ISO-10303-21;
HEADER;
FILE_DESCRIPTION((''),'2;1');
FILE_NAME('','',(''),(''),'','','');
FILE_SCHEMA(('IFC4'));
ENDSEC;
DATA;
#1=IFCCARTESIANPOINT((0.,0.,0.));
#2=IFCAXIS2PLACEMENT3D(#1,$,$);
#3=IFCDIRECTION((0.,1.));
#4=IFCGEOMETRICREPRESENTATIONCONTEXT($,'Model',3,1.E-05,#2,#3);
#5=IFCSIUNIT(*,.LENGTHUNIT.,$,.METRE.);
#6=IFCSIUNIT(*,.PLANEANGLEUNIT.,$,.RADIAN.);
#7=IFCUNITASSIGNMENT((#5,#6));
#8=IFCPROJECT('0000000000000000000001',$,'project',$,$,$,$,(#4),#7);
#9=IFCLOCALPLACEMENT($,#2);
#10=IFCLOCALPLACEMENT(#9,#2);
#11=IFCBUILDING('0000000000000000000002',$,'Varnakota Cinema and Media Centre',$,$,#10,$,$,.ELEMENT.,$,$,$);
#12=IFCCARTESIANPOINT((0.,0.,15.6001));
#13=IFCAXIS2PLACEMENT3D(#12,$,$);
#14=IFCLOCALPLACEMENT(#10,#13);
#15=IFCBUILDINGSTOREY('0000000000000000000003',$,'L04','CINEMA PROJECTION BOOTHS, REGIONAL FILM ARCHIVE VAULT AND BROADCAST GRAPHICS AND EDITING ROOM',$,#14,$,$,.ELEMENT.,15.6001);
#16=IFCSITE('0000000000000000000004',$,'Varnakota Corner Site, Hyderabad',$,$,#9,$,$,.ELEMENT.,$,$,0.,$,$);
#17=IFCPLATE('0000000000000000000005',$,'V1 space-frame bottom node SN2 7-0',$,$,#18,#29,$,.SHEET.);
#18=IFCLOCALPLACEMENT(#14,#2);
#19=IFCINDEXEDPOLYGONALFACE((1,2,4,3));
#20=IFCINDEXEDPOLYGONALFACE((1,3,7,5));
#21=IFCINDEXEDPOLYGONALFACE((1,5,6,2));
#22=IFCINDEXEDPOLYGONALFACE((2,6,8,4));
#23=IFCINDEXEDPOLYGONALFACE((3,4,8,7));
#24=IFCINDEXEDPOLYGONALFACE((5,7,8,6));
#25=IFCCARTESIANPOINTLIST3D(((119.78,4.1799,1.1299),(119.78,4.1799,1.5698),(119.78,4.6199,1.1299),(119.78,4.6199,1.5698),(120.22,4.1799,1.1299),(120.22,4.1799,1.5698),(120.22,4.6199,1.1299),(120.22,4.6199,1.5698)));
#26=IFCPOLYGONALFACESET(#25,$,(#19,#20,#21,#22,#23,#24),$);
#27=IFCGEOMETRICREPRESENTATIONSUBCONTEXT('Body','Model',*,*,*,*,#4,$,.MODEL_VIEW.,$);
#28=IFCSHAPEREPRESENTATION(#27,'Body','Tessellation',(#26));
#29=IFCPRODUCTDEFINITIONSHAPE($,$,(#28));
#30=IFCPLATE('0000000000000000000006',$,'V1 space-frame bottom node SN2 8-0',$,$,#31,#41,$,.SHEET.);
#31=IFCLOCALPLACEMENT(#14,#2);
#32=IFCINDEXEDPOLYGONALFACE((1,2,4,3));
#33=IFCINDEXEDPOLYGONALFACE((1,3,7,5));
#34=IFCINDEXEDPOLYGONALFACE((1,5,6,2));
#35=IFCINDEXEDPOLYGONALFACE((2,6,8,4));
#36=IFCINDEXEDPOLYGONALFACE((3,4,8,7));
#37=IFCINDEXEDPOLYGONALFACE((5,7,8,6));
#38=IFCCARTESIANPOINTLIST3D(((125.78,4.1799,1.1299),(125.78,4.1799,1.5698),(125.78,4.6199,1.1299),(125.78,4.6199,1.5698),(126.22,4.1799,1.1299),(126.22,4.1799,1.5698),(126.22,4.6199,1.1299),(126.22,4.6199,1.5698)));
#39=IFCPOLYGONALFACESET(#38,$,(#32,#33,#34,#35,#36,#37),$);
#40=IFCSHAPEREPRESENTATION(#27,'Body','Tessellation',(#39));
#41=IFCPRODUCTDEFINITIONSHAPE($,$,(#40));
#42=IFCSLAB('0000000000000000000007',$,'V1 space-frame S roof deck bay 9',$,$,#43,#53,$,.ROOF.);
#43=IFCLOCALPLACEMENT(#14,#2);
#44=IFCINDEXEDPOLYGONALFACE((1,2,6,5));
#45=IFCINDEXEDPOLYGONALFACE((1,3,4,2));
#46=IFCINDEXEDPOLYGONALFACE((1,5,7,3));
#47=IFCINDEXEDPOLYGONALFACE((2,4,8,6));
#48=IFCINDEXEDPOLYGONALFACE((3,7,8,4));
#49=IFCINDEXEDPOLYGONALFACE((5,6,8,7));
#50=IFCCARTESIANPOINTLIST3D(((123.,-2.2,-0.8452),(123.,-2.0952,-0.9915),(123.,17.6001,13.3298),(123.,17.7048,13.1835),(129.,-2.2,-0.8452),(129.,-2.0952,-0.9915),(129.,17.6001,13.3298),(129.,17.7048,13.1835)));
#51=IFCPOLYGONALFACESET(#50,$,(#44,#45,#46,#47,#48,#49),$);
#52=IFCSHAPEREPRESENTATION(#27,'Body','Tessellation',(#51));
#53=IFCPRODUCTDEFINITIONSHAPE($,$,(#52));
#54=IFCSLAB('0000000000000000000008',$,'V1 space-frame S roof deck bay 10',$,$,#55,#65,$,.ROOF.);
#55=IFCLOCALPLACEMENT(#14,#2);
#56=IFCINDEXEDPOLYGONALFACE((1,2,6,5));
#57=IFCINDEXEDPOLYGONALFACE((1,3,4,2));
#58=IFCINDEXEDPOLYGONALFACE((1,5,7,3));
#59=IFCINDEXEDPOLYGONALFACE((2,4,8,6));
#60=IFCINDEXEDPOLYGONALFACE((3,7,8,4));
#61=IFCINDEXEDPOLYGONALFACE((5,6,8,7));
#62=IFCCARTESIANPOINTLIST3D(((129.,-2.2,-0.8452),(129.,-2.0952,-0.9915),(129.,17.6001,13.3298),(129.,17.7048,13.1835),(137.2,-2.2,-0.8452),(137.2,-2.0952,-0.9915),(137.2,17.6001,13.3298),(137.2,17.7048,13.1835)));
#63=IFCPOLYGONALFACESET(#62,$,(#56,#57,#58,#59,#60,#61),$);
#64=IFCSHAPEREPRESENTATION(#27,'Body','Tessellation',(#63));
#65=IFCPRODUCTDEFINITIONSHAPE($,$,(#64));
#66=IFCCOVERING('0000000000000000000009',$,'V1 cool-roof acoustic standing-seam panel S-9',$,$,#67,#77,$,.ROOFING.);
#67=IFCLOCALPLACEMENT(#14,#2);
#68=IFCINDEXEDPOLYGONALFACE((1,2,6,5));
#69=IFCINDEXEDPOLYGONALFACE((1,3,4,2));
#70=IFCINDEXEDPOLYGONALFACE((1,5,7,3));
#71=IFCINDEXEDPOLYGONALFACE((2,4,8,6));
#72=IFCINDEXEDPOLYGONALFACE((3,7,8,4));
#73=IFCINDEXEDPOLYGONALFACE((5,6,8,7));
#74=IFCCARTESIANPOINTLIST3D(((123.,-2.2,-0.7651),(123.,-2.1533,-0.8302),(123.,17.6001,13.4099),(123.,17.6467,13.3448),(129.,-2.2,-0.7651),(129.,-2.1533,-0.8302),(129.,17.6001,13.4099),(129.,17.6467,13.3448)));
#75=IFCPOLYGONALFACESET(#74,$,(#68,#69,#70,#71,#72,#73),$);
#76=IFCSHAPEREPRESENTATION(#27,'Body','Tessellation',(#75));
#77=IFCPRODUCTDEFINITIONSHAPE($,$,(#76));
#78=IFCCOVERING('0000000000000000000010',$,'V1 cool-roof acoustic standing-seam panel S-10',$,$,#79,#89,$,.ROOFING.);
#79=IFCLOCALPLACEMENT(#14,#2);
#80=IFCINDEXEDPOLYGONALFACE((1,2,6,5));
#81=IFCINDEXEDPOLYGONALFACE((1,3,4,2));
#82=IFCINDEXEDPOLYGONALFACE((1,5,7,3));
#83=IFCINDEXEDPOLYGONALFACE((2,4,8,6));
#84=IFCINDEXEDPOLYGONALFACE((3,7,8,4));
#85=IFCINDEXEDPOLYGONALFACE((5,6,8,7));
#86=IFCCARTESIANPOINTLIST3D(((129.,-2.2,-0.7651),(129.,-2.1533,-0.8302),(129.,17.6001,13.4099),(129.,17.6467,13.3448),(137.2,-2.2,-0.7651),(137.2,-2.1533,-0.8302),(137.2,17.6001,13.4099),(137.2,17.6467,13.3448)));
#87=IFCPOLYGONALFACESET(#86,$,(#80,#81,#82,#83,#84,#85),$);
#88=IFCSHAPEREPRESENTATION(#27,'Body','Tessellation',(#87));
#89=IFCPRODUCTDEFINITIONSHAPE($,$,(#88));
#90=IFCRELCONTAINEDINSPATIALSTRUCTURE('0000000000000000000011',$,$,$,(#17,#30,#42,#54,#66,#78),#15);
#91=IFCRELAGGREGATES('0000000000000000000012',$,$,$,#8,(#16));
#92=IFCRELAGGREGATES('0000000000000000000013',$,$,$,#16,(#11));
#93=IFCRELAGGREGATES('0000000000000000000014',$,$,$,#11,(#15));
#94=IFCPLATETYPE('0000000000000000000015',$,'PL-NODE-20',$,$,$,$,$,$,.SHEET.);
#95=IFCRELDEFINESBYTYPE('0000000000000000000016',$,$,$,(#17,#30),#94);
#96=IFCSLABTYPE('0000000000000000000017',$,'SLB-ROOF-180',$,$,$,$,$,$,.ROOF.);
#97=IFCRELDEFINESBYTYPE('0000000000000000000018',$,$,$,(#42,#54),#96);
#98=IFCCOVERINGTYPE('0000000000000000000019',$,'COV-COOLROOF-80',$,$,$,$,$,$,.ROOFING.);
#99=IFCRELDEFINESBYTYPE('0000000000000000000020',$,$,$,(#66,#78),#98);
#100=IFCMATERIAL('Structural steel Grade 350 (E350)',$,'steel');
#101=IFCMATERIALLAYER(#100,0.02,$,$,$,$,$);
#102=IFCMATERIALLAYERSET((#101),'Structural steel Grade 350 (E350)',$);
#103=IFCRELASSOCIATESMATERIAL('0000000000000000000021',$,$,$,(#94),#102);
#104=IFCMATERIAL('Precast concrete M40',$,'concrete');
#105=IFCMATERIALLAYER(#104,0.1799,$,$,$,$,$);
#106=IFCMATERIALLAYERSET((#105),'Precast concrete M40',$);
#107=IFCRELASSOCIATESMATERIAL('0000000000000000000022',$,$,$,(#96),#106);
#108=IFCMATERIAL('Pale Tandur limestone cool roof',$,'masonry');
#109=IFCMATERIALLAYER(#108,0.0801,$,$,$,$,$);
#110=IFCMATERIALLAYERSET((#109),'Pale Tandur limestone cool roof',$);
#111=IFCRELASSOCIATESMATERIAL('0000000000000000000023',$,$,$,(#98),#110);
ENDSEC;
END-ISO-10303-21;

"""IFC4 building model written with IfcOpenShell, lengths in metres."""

from ifc_helpers import new_model, si_unit, direction, frame, origin, origin_2d, place, context, subcontext, project, spatial, polyline, rectangle, outline, extrude, material, layer, layer_set, type_object, element, save


model = new_model("IFC4")

# Units and contexts
model_context = context("Model", 3, precision=1e-05, world=origin(), true_north=direction((0.0, 1.0)))
body_context = subcontext(model_context, "Body", "Model", "MODEL_VIEW")
ifc_project = project(units=[si_unit("LENGTHUNIT", "METRE"), si_unit("PLANEANGLEUNIT", "RADIAN")], contexts=[model_context])

# Site, building, storey
site_placement = place(None, origin())
site = spatial("IfcSite", under=ifc_project, at=site_placement, Name="Varnakota Corner Site, Hyderabad", CompositionType="ELEMENT", RefElevation=0.0)
building_placement = place(site_placement, origin())
building = spatial("IfcBuilding", under=site, at=building_placement, Name="Varnakota Cinema and Media Centre", CompositionType="ELEMENT")
storey_placement = place(building_placement, frame((0.0, 0.0, 15.6001)))
storey = spatial("IfcBuildingStorey", under=building, at=storey_placement, Name="L04", Description="CINEMA PROJECTION BOOTHS, REGIONAL FILM ARCHIVE VAULT AND BROADCAST GRAPHICS AND EDITING ROOM", CompositionType="ELEMENT", Elevation=15.6001)

# Plates
ifc_material_1 = material(Name="Structural steel Grade 350 (E350)", Category="steel")
ifc_layer_1 = layer(ifc_material_1, 0.02)
ifc_layer_set_1 = layer_set([ifc_layer_1], Name="Structural steel Grade 350 (E350)")
plate_type_1 = type_object("IfcPlateType", Name="PL-NODE-20", PredefinedType="SHEET", material=ifc_layer_set_1)
for number, where, z_axis, x_axis, name in (
    (1, (120.0, 4.3999, 1.1299), (0.0, 0.0, 1.0), (1.0, 0.0, 0.0), "V1 space-frame bottom node SN2 7-0"),
    (2, (126.0, 4.3999, 1.1299), (0.0, 0.0, 1.0), (1.0, 0.0, 0.0), "V1 space-frame bottom node SN2 8-0"),
):
    element("IfcPlate", number, at=place(storey_placement, frame(where, z_axis=z_axis, x_axis=x_axis)), inside=storey, type_object=plate_type_1, Name=name, PredefinedType="SHEET", context=body_context, shape_type="SweptSolid", body=[
        extrude(rectangle(XDim=0.4399, YDim=0.4399, at=origin_2d()), origin(), (0.0, 0.0, 1.0), 0.4399),
    ])

# Slabs
ifc_material_2 = material(Name="Precast concrete M40", Category="concrete")
ifc_layer_2 = layer(ifc_material_2, 0.1799)
ifc_layer_set_2 = layer_set([ifc_layer_2], Name="Precast concrete M40")
slab_type = type_object("IfcSlabType", Name="SLB-ROOF-180", PredefinedType="ROOF", material=ifc_layer_set_2)
slab_1_placement = place(storey_placement, frame((123.0, -2.2, -0.8452), z_axis=(0.0, -0.582112, 0.813108), x_axis=(1.0, 0.0, 0.0)))
element("IfcSlab", 3, at=slab_1_placement, inside=storey, type_object=slab_type, Name="V1 space-frame S roof deck bay 9", PredefinedType="ROOF", context=body_context, shape_type="SweptSolid", body=[
    extrude(outline(polyline([(0.0, 0.0), (6.0, 0.0), (6.0, 24.3511), (0.0, 24.3511), (0.0, 0.0)])), origin(), (0.0, 0.0, -1.0), 0.1799),
])
slab_2_placement = place(storey_placement, frame((129.0, -2.2, -0.8452), z_axis=(0.0, -0.582112, 0.813108), x_axis=(1.0, 0.0, 0.0)))
element("IfcSlab", 4, at=slab_2_placement, inside=storey, type_object=slab_type, Name="V1 space-frame S roof deck bay 10", PredefinedType="ROOF", context=body_context, shape_type="SweptSolid", body=[
    extrude(outline(polyline([(0.0, 0.0), (8.2, 0.0), (8.2, 24.3511), (0.0, 24.3511), (0.0, 0.0)])), origin(), (0.0, 0.0, -1.0), 0.1799),
])

# Coverings
ifc_material_3 = material(Name="Pale Tandur limestone cool roof", Category="masonry")
ifc_layer_3 = layer(ifc_material_3, 0.0801)
ifc_layer_set_3 = layer_set([ifc_layer_3], Name="Pale Tandur limestone cool roof")
covering_type = type_object("IfcCoveringType", Name="COV-COOLROOF-80", PredefinedType="ROOFING", material=ifc_layer_set_3)
covering_1_placement = place(storey_placement, frame((123.0, -2.2, -0.7651), z_axis=(0.0, -0.582112, 0.813108), x_axis=(1.0, 0.0, 0.0)))
element("IfcCovering", 5, at=covering_1_placement, inside=storey, type_object=covering_type, Name="V1 cool-roof acoustic standing-seam panel S-9", PredefinedType="ROOFING", context=body_context, shape_type="SweptSolid", body=[
    extrude(outline(polyline([(0.0, 0.0), (6.0, 0.0), (6.0, 24.3511), (0.0, 24.3511), (0.0, 0.0)])), origin(), (0.0, 0.0, -1.0), 0.0801),
])
covering_2_placement = place(storey_placement, frame((129.0, -2.2, -0.7651), z_axis=(0.0, -0.582112, 0.813108), x_axis=(1.0, 0.0, 0.0)))
element("IfcCovering", 6, at=covering_2_placement, inside=storey, type_object=covering_type, Name="V1 cool-roof acoustic standing-seam panel S-10", PredefinedType="ROOFING", context=body_context, shape_type="SweptSolid", body=[
    extrude(outline(polyline([(0.0, 0.0), (8.2, 0.0), (8.2, 24.3511), (0.0, 24.3511), (0.0, 0.0)])), origin(), (0.0, 0.0, -1.0), 0.0801),
])

save(model, "model.ifc")
